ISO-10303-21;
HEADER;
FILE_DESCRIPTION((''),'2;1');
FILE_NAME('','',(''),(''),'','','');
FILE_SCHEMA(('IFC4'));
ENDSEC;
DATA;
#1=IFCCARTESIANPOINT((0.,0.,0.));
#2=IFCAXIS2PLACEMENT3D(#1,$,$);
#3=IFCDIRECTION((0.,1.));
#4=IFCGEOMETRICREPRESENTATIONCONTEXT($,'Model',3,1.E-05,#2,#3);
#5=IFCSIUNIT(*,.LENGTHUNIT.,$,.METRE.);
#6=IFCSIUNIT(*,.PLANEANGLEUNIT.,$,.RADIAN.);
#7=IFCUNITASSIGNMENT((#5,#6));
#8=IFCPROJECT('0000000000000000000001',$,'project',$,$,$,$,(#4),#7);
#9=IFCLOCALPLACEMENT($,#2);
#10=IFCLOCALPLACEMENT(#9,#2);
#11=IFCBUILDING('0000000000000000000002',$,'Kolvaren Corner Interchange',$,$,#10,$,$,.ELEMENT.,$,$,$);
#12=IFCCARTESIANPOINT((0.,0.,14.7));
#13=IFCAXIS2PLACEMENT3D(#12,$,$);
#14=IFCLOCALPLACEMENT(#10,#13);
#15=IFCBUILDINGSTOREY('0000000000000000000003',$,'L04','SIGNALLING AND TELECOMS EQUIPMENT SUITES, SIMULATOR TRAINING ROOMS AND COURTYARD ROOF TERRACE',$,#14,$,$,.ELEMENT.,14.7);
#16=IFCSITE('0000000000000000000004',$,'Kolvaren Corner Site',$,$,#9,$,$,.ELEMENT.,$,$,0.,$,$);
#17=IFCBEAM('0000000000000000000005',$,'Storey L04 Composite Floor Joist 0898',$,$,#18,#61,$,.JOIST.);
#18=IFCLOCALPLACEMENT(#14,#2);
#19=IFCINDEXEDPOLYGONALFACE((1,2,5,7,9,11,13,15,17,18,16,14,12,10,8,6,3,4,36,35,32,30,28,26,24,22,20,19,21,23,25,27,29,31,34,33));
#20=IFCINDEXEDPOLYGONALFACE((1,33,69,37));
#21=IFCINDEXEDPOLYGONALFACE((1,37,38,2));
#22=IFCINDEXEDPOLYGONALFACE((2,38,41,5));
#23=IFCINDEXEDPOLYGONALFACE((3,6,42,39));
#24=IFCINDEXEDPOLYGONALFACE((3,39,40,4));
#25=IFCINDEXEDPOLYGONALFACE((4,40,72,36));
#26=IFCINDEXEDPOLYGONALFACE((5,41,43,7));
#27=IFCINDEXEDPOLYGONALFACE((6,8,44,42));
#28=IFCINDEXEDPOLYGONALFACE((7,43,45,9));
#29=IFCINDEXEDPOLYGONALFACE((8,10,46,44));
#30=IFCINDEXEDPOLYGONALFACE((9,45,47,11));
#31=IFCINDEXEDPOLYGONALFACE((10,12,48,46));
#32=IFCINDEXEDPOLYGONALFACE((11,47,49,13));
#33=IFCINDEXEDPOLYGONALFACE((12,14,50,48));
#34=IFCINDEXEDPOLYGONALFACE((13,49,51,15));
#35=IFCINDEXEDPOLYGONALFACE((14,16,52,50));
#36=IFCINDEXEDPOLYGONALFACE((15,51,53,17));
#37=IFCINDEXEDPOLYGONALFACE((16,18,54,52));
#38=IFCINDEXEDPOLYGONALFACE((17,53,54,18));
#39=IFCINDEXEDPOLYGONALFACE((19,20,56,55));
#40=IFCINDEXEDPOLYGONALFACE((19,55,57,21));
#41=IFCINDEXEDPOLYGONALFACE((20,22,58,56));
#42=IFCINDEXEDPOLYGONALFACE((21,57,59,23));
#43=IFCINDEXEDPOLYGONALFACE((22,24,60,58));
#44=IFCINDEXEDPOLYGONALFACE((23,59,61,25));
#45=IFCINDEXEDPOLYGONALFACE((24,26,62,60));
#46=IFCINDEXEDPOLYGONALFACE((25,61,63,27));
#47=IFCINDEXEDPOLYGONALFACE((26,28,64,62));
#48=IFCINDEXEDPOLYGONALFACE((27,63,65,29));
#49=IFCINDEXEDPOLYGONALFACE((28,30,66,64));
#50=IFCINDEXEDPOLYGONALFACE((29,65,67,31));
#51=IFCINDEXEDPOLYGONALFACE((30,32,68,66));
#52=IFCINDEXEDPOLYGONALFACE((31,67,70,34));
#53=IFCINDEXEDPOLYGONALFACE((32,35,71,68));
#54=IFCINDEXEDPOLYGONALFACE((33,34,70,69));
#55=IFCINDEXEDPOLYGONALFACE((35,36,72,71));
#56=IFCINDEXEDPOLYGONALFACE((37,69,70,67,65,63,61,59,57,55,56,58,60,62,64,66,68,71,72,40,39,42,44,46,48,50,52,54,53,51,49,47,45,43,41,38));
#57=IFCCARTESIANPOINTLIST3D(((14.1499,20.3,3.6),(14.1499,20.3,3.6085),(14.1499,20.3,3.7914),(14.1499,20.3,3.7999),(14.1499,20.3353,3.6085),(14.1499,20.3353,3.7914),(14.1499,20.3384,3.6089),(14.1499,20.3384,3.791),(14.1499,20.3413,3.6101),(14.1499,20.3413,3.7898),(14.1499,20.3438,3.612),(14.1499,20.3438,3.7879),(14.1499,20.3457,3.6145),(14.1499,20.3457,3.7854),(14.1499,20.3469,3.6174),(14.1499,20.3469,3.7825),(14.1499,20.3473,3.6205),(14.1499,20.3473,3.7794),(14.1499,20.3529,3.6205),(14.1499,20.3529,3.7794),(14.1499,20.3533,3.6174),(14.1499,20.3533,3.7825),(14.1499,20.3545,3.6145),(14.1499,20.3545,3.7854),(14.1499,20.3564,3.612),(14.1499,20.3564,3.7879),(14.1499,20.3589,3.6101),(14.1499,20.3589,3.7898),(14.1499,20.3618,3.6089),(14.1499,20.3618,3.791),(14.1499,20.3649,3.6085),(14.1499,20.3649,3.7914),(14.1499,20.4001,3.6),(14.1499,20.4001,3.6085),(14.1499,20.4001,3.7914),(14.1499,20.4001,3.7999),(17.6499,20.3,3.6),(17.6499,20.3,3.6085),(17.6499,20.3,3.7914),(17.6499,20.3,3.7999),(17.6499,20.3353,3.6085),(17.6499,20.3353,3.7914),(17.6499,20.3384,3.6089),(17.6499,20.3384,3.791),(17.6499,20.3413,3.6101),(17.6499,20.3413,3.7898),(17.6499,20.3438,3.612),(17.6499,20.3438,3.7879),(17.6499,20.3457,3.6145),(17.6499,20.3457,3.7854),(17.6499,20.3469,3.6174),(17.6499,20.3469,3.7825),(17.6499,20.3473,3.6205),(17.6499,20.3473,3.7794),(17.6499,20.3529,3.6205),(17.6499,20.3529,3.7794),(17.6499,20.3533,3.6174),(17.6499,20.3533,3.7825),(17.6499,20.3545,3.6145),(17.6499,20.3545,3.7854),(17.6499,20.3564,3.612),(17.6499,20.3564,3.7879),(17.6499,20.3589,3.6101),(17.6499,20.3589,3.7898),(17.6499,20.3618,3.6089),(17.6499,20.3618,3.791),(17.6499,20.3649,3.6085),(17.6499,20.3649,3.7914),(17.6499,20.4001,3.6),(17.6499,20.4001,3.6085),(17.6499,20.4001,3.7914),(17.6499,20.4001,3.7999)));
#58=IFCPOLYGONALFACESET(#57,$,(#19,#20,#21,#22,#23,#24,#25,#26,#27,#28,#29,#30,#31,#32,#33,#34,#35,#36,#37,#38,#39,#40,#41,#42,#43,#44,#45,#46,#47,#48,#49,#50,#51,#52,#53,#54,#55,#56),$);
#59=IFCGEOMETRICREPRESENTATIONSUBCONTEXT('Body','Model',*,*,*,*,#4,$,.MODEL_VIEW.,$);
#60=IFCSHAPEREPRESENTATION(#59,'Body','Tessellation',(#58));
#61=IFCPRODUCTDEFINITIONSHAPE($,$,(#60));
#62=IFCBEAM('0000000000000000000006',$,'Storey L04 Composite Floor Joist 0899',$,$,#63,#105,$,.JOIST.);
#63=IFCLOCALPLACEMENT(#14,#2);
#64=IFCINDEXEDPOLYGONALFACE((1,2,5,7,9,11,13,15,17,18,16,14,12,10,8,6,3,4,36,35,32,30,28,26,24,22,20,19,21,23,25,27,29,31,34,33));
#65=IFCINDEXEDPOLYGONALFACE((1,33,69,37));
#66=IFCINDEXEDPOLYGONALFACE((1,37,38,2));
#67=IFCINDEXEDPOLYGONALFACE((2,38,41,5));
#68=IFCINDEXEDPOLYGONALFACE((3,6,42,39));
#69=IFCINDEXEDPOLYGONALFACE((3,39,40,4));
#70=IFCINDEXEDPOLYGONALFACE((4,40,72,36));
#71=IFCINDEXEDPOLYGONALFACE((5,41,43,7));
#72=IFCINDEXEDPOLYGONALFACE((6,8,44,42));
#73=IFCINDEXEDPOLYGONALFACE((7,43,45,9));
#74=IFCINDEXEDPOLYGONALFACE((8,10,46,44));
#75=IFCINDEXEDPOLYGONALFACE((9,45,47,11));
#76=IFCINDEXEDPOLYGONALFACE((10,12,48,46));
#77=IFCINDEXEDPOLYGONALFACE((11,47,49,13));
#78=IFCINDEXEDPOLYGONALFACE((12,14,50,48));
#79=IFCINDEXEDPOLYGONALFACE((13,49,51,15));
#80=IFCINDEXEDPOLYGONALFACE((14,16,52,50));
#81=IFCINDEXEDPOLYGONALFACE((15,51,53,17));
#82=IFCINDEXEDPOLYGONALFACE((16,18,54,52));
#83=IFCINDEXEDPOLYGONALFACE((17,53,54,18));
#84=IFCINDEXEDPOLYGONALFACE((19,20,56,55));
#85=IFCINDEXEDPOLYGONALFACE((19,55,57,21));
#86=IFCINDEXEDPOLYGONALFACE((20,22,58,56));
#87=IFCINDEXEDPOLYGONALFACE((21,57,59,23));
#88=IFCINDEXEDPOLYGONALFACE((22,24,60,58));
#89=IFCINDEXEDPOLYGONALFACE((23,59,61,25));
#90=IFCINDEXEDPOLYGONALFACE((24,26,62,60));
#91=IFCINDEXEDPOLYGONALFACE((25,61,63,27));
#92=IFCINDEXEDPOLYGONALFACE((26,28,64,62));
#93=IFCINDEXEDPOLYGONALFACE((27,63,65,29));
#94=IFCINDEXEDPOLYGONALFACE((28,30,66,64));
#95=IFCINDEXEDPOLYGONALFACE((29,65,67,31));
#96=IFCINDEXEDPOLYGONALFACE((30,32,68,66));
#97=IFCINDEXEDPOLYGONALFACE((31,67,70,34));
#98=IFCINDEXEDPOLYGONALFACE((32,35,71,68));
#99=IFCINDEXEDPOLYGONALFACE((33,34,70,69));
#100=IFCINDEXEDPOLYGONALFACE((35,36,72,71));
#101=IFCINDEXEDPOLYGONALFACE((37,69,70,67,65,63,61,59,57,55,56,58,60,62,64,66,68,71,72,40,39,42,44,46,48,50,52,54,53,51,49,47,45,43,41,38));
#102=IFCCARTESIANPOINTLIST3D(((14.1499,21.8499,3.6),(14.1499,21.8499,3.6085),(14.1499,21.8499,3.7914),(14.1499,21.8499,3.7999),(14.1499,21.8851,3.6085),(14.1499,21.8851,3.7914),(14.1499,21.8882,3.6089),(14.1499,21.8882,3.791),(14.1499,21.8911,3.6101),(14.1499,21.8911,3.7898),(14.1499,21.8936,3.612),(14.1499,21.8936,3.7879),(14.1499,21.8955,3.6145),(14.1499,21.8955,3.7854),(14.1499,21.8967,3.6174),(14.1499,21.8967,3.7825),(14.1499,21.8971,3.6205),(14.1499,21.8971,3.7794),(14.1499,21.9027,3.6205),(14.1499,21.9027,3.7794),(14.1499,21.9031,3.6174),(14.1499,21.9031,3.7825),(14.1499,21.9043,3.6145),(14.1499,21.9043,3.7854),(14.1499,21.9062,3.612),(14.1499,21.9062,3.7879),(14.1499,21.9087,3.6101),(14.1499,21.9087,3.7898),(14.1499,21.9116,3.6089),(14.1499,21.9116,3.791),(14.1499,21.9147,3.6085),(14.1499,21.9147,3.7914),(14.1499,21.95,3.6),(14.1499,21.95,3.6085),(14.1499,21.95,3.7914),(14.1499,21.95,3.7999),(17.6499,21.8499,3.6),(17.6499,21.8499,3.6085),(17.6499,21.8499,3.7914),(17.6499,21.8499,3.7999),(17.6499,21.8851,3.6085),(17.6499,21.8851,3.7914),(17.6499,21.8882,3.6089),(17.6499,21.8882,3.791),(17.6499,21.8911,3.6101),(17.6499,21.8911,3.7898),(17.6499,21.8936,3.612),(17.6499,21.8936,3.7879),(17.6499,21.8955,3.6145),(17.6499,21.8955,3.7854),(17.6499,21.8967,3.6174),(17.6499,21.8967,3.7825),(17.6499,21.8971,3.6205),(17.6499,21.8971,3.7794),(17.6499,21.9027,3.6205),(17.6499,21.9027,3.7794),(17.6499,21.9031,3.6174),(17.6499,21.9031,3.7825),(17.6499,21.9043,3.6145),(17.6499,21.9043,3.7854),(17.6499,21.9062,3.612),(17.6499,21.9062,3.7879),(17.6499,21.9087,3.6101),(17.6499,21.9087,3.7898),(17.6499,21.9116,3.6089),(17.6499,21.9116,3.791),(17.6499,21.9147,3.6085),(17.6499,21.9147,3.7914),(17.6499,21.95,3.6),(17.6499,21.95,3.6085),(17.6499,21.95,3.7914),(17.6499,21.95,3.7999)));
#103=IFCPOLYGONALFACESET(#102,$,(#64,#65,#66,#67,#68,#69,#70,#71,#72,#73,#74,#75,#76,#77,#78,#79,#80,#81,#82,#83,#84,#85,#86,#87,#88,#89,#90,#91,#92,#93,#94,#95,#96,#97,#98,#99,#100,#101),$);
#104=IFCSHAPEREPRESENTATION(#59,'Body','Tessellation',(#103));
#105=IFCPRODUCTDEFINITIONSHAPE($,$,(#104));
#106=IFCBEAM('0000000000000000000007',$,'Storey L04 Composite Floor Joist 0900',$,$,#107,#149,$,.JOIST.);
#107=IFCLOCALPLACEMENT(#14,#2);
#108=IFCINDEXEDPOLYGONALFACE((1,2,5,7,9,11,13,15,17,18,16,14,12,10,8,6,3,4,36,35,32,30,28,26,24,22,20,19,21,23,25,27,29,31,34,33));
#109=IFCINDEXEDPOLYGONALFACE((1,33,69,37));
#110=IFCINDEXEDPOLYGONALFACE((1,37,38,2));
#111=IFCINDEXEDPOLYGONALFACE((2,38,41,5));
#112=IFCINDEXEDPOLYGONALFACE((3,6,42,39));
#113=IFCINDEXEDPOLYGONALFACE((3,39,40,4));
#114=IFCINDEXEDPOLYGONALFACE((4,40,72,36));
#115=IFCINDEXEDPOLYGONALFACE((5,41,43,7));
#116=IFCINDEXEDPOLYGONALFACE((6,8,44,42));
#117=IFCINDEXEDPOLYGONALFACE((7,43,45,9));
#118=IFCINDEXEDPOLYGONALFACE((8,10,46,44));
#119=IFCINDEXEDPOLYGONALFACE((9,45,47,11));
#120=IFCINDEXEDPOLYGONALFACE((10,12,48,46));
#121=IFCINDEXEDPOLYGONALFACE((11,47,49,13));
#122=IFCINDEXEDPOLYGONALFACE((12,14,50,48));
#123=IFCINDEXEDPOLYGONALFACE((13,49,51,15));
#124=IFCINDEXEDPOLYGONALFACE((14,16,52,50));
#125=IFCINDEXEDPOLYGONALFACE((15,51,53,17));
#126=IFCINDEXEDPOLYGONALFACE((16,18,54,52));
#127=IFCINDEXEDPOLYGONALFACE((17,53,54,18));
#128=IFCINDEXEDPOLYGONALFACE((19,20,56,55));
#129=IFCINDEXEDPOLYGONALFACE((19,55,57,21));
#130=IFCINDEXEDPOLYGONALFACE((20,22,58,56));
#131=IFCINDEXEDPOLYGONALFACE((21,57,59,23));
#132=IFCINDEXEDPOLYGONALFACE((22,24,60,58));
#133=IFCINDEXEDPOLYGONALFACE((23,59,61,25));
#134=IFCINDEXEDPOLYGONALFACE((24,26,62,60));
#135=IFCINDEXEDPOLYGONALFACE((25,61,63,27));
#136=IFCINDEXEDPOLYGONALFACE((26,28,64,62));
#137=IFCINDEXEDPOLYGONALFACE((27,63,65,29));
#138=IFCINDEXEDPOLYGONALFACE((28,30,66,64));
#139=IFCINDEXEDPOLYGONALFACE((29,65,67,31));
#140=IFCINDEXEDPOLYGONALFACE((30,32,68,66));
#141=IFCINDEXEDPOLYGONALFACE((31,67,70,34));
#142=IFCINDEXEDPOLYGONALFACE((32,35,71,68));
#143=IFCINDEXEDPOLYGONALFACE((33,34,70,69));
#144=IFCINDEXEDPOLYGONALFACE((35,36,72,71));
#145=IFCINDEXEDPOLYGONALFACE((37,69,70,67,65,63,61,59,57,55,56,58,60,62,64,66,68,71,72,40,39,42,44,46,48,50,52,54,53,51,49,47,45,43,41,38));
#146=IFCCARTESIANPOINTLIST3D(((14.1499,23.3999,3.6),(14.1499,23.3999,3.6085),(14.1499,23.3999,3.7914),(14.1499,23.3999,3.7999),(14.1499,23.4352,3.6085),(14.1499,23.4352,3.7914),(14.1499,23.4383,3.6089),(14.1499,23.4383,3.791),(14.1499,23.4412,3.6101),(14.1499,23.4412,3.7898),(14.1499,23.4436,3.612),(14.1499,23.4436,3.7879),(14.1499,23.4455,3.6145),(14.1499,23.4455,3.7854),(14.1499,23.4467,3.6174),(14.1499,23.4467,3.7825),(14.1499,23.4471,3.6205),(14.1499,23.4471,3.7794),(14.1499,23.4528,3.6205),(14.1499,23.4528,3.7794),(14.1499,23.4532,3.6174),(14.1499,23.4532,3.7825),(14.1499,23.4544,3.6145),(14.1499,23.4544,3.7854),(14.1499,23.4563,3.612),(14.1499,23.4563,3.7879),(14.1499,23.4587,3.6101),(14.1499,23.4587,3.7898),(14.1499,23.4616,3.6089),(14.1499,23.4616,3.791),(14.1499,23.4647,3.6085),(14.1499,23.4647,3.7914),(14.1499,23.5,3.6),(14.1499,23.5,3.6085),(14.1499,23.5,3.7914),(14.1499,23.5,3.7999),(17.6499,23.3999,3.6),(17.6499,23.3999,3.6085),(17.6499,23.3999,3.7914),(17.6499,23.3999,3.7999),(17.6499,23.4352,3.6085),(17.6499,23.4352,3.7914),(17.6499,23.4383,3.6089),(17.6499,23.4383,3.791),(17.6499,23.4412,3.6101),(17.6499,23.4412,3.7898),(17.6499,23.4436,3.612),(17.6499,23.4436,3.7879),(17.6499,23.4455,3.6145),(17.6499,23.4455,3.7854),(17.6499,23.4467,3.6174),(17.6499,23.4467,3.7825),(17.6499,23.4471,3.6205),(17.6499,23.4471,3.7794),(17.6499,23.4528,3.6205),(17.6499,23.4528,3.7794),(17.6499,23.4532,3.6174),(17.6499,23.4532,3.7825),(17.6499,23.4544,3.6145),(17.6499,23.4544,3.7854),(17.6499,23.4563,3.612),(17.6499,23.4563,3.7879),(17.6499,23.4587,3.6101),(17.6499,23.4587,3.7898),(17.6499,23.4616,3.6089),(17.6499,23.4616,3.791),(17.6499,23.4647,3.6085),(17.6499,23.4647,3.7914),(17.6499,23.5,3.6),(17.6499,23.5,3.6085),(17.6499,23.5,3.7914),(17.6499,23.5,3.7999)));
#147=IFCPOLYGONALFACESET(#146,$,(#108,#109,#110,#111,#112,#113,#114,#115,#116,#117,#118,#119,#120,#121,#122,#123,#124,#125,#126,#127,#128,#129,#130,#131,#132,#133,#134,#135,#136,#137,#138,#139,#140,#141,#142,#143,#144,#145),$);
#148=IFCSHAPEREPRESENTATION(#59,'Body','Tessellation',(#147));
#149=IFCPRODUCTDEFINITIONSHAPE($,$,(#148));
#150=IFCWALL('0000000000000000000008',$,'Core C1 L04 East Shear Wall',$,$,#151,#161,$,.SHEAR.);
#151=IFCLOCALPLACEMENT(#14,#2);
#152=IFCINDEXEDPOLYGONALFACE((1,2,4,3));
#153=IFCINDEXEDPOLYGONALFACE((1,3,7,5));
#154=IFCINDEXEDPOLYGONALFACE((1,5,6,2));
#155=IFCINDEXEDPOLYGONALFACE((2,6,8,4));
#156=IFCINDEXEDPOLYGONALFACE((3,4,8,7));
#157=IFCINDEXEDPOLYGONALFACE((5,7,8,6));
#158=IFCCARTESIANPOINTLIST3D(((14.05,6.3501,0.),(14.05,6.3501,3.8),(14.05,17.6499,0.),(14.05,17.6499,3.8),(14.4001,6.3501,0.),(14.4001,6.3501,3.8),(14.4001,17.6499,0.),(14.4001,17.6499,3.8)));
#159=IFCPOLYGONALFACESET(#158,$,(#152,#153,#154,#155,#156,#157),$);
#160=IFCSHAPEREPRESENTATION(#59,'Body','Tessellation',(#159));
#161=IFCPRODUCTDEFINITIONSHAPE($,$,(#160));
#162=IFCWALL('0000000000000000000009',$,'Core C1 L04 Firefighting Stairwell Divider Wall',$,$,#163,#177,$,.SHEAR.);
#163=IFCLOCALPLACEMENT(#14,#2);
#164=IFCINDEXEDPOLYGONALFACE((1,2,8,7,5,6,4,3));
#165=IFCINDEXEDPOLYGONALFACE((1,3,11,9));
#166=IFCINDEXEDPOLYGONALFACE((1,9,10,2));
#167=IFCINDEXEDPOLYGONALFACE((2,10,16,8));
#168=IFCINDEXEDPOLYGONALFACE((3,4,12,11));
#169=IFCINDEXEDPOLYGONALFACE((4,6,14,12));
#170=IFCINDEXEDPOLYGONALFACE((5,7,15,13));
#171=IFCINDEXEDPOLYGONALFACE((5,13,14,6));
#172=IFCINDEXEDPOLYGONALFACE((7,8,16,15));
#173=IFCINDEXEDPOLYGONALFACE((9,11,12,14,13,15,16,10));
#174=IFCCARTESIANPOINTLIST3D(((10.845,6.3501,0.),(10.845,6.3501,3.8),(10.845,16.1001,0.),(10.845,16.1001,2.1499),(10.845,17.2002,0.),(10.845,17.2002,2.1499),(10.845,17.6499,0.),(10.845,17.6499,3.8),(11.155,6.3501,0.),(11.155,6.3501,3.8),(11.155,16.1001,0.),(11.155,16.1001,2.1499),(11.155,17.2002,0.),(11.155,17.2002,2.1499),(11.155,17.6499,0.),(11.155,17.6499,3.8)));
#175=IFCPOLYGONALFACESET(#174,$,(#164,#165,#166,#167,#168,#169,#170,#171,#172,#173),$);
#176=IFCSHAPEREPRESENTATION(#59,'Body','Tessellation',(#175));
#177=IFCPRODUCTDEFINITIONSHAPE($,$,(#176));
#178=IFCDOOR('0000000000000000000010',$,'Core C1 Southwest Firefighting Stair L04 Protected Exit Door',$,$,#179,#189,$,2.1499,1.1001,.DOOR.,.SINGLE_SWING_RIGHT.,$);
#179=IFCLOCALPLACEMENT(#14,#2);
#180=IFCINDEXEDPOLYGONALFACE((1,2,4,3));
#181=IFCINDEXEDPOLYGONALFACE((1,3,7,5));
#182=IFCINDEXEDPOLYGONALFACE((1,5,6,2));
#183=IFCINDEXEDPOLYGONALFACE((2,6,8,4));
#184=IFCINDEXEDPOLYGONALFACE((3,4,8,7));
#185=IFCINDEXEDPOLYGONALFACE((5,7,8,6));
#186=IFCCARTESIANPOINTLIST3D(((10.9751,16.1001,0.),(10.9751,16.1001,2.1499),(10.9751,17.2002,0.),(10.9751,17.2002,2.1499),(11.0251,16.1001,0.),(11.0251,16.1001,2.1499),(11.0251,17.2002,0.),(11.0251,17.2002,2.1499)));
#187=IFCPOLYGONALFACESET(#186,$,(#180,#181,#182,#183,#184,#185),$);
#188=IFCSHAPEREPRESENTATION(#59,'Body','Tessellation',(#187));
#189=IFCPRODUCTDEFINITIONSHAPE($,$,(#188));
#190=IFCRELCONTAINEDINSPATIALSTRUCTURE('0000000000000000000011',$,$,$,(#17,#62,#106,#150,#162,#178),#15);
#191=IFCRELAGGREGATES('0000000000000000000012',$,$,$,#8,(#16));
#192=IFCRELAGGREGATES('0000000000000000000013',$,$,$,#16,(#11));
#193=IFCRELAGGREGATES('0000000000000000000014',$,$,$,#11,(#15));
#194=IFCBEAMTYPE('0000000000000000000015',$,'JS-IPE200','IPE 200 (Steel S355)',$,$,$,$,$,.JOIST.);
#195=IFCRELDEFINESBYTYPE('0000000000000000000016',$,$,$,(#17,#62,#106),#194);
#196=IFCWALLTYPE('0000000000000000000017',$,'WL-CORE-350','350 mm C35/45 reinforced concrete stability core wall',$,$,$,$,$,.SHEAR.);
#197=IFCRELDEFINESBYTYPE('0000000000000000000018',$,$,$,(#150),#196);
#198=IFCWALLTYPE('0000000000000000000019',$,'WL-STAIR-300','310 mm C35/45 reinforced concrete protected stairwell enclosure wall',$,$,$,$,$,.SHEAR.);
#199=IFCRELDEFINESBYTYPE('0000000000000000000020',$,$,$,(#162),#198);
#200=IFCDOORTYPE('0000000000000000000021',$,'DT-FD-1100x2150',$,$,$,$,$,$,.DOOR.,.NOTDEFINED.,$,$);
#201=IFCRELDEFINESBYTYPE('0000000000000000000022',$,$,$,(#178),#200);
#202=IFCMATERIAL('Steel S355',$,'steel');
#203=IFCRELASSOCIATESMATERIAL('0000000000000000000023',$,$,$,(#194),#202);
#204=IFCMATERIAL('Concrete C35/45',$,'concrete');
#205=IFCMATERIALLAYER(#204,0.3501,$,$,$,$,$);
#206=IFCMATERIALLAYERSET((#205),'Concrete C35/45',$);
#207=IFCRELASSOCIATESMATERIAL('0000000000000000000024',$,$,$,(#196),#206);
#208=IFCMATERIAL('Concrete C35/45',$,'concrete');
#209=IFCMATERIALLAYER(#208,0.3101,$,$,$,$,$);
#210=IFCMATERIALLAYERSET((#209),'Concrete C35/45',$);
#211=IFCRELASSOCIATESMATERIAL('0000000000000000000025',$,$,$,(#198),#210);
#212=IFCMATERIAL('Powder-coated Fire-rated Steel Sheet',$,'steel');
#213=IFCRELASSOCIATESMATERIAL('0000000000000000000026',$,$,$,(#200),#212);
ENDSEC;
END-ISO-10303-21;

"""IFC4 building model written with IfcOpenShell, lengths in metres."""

from ifc_helpers import new_model, si_unit, direction, frame, frame_2d, origin, origin_2d, place, context, subcontext, project, spatial, rectangle, i_section, extrude, material, layer, layer_set, material_profile, profile_set, type_object, element, fill, save


model = new_model("IFC4")

# Units and contexts
model_context = context("Model", 3, precision=1e-05, world=origin(), true_north=direction((0.0, 1.0)))
body_context = subcontext(model_context, "Body", "Model", "MODEL_VIEW")
ifc_project = project(units=[si_unit("LENGTHUNIT", "METRE"), si_unit("PLANEANGLEUNIT", "RADIAN")], contexts=[model_context])

# Site, building, storey
site_placement = place(None, origin())
site = spatial("IfcSite", under=ifc_project, at=site_placement, Name="Kolvaren Corner Site", CompositionType="ELEMENT", RefElevation=0.0)
building_placement = place(site_placement, origin())
building = spatial("IfcBuilding", under=site, at=building_placement, Name="Kolvaren Corner Interchange", CompositionType="ELEMENT")
storey_placement = place(building_placement, frame((0.0, 0.0, 14.7)))
storey = spatial("IfcBuildingStorey", under=building, at=storey_placement, Name="L04", Description="SIGNALLING AND TELECOMS EQUIPMENT SUITES, SIMULATOR TRAINING ROOMS AND COURTYARD ROOF TERRACE", CompositionType="ELEMENT", Elevation=14.7)

# Beams
ifc_material_1 = material(Name="Steel S355", Category="steel")
ifc_material_profile_1 = material_profile(ifc_material_1, i_section(OverallWidth=0.1001, OverallDepth=0.2, WebThickness=0.0056, FlangeThickness=0.0085, FilletRadius=0.012, at=origin_2d()), Name="IPE 200")
ifc_profile_set_1 = profile_set([ifc_material_profile_1], Name="Steel S355")
beam_type_1 = type_object("IfcBeamType", Name="JS-IPE200", Description="IPE 200 (Steel S355)", PredefinedType="JOIST", material=ifc_profile_set_1)
for number, where, z_axis, x_axis, name in (
    (1, (14.1499, 20.3501, 3.7), (1.0, 0.0, 0.0), (0.0, 1.0, 0.0), "Storey L04 Composite Floor Joist 0898"),
    (2, (14.1499, 21.8999, 3.7), (1.0, 0.0, 0.0), (0.0, 1.0, 0.0), "Storey L04 Composite Floor Joist 0899"),
    (3, (14.1499, 23.45, 3.7), (1.0, 0.0, 0.0), (0.0, 1.0, 0.0), "Storey L04 Composite Floor Joist 0900"),
):
    element("IfcBeam", number, at=place(storey_placement, frame(where, z_axis=z_axis, x_axis=x_axis)), inside=storey, type_object=beam_type_1, Name=name, PredefinedType="JOIST", context=body_context, shape_type="SweptSolid", body=[
        extrude(i_section(OverallWidth=0.1001, OverallDepth=0.2, WebThickness=0.0056, FlangeThickness=0.0085, FilletRadius=0.012, at=origin_2d()), origin(), (0.0, 0.0, 1.0), 3.5),
    ])

# Wall
ifc_material_2 = material(Name="Concrete C35/45", Category="concrete")
ifc_layer_1 = layer(ifc_material_2, 0.3501)
ifc_layer_set_1 = layer_set([ifc_layer_1], Name="Concrete C35/45")
wall_type_1 = type_object("IfcWallType", Name="WL-CORE-350", Description="350 mm C35/45 reinforced concrete stability core wall", PredefinedType="SHEAR", material=ifc_layer_set_1)
wall_1_placement = place(storey_placement, frame((14.2251, 6.3501, 0.0), z_axis=(0.0, 0.0, 1.0), x_axis=(0.0, 1.0, 0.0)))
element("IfcWall", 4, at=wall_1_placement, inside=storey, type_object=wall_type_1, Name="Core C1 L04 East Shear Wall", PredefinedType="SHEAR", context=body_context, shape_type="SweptSolid", body=[
    extrude(rectangle(XDim=11.2998, YDim=0.3501, at=frame_2d((5.6499, 0.0))), origin(), (0.0, 0.0, 1.0), 3.8),
])

# Wall, opening, door
ifc_material_3 = material(Name="Concrete C35/45", Category="concrete")
ifc_layer_2 = layer(ifc_material_3, 0.3101)
ifc_layer_set_2 = layer_set([ifc_layer_2], Name="Concrete C35/45")
wall_type_2 = type_object("IfcWallType", Name="WL-STAIR-300", Description="310 mm C35/45 reinforced concrete protected stairwell enclosure wall", PredefinedType="SHEAR", material=ifc_layer_set_2)
wall_2_placement = place(storey_placement, frame((11.0, 6.3501, 0.0), z_axis=(0.0, 0.0, 1.0), x_axis=(0.0, 1.0, 0.0)))
wall_2 = element("IfcWall", 5, at=wall_2_placement, inside=storey, type_object=wall_type_2, Name="Core C1 L04 Firefighting Stairwell Divider Wall", PredefinedType="SHEAR", context=body_context, shape_type="SweptSolid", body=[
    extrude(rectangle(XDim=11.2998, YDim=0.3101, at=frame_2d((5.6499, 0.0))), origin(), (0.0, 0.0, 1.0), 3.8),
])
opening_1_placement = place(wall_2_placement, frame((9.75, 0.0, 0.0)))
opening_1 = element("IfcOpeningElement", 6, at=opening_1_placement, cuts=wall_2, PredefinedType="OPENING", context=body_context, shape_type="SweptSolid", body=[
    extrude(rectangle(XDim=1.1001, YDim=2.1499, at=frame_2d((0.55, 1.075))), frame((0.0, 0.165, 0.0), z_axis=(0.0, -1.0, 0.0), x_axis=(1.0, 0.0, 0.0)), (0.0, 0.0, 1.0), 0.3301),
])
ifc_material_4 = material(Name="Powder-coated Fire-rated Steel Sheet", Category="steel")
door_type_1 = type_object("IfcDoorType", Name="DT-FD-1100x2150", OperationType="NOTDEFINED", PredefinedType="DOOR", material=ifc_material_4)
door_1_placement = place(opening_1_placement, origin())
door_1 = element("IfcDoor", 7, at=door_1_placement, inside=storey, type_object=door_type_1, Name="Core C1 Southwest Firefighting Stair L04 Protected Exit Door", OperationType="SINGLE_SWING_RIGHT", OverallHeight=2.1499, OverallWidth=1.1001, PredefinedType="DOOR", context=body_context, shape_type="SweptSolid", body=[
    extrude(rectangle(XDim=1.1001, YDim=2.1499, at=frame_2d((0.55, 1.075))), frame((0.0, 0.0249, 0.0), z_axis=(0.0, -1.0, 0.0), x_axis=(1.0, 0.0, 0.0)), (0.0, 0.0, 1.0), 0.05),
])
fill(opening_1, door_1)

save(model, "model.ifc")
